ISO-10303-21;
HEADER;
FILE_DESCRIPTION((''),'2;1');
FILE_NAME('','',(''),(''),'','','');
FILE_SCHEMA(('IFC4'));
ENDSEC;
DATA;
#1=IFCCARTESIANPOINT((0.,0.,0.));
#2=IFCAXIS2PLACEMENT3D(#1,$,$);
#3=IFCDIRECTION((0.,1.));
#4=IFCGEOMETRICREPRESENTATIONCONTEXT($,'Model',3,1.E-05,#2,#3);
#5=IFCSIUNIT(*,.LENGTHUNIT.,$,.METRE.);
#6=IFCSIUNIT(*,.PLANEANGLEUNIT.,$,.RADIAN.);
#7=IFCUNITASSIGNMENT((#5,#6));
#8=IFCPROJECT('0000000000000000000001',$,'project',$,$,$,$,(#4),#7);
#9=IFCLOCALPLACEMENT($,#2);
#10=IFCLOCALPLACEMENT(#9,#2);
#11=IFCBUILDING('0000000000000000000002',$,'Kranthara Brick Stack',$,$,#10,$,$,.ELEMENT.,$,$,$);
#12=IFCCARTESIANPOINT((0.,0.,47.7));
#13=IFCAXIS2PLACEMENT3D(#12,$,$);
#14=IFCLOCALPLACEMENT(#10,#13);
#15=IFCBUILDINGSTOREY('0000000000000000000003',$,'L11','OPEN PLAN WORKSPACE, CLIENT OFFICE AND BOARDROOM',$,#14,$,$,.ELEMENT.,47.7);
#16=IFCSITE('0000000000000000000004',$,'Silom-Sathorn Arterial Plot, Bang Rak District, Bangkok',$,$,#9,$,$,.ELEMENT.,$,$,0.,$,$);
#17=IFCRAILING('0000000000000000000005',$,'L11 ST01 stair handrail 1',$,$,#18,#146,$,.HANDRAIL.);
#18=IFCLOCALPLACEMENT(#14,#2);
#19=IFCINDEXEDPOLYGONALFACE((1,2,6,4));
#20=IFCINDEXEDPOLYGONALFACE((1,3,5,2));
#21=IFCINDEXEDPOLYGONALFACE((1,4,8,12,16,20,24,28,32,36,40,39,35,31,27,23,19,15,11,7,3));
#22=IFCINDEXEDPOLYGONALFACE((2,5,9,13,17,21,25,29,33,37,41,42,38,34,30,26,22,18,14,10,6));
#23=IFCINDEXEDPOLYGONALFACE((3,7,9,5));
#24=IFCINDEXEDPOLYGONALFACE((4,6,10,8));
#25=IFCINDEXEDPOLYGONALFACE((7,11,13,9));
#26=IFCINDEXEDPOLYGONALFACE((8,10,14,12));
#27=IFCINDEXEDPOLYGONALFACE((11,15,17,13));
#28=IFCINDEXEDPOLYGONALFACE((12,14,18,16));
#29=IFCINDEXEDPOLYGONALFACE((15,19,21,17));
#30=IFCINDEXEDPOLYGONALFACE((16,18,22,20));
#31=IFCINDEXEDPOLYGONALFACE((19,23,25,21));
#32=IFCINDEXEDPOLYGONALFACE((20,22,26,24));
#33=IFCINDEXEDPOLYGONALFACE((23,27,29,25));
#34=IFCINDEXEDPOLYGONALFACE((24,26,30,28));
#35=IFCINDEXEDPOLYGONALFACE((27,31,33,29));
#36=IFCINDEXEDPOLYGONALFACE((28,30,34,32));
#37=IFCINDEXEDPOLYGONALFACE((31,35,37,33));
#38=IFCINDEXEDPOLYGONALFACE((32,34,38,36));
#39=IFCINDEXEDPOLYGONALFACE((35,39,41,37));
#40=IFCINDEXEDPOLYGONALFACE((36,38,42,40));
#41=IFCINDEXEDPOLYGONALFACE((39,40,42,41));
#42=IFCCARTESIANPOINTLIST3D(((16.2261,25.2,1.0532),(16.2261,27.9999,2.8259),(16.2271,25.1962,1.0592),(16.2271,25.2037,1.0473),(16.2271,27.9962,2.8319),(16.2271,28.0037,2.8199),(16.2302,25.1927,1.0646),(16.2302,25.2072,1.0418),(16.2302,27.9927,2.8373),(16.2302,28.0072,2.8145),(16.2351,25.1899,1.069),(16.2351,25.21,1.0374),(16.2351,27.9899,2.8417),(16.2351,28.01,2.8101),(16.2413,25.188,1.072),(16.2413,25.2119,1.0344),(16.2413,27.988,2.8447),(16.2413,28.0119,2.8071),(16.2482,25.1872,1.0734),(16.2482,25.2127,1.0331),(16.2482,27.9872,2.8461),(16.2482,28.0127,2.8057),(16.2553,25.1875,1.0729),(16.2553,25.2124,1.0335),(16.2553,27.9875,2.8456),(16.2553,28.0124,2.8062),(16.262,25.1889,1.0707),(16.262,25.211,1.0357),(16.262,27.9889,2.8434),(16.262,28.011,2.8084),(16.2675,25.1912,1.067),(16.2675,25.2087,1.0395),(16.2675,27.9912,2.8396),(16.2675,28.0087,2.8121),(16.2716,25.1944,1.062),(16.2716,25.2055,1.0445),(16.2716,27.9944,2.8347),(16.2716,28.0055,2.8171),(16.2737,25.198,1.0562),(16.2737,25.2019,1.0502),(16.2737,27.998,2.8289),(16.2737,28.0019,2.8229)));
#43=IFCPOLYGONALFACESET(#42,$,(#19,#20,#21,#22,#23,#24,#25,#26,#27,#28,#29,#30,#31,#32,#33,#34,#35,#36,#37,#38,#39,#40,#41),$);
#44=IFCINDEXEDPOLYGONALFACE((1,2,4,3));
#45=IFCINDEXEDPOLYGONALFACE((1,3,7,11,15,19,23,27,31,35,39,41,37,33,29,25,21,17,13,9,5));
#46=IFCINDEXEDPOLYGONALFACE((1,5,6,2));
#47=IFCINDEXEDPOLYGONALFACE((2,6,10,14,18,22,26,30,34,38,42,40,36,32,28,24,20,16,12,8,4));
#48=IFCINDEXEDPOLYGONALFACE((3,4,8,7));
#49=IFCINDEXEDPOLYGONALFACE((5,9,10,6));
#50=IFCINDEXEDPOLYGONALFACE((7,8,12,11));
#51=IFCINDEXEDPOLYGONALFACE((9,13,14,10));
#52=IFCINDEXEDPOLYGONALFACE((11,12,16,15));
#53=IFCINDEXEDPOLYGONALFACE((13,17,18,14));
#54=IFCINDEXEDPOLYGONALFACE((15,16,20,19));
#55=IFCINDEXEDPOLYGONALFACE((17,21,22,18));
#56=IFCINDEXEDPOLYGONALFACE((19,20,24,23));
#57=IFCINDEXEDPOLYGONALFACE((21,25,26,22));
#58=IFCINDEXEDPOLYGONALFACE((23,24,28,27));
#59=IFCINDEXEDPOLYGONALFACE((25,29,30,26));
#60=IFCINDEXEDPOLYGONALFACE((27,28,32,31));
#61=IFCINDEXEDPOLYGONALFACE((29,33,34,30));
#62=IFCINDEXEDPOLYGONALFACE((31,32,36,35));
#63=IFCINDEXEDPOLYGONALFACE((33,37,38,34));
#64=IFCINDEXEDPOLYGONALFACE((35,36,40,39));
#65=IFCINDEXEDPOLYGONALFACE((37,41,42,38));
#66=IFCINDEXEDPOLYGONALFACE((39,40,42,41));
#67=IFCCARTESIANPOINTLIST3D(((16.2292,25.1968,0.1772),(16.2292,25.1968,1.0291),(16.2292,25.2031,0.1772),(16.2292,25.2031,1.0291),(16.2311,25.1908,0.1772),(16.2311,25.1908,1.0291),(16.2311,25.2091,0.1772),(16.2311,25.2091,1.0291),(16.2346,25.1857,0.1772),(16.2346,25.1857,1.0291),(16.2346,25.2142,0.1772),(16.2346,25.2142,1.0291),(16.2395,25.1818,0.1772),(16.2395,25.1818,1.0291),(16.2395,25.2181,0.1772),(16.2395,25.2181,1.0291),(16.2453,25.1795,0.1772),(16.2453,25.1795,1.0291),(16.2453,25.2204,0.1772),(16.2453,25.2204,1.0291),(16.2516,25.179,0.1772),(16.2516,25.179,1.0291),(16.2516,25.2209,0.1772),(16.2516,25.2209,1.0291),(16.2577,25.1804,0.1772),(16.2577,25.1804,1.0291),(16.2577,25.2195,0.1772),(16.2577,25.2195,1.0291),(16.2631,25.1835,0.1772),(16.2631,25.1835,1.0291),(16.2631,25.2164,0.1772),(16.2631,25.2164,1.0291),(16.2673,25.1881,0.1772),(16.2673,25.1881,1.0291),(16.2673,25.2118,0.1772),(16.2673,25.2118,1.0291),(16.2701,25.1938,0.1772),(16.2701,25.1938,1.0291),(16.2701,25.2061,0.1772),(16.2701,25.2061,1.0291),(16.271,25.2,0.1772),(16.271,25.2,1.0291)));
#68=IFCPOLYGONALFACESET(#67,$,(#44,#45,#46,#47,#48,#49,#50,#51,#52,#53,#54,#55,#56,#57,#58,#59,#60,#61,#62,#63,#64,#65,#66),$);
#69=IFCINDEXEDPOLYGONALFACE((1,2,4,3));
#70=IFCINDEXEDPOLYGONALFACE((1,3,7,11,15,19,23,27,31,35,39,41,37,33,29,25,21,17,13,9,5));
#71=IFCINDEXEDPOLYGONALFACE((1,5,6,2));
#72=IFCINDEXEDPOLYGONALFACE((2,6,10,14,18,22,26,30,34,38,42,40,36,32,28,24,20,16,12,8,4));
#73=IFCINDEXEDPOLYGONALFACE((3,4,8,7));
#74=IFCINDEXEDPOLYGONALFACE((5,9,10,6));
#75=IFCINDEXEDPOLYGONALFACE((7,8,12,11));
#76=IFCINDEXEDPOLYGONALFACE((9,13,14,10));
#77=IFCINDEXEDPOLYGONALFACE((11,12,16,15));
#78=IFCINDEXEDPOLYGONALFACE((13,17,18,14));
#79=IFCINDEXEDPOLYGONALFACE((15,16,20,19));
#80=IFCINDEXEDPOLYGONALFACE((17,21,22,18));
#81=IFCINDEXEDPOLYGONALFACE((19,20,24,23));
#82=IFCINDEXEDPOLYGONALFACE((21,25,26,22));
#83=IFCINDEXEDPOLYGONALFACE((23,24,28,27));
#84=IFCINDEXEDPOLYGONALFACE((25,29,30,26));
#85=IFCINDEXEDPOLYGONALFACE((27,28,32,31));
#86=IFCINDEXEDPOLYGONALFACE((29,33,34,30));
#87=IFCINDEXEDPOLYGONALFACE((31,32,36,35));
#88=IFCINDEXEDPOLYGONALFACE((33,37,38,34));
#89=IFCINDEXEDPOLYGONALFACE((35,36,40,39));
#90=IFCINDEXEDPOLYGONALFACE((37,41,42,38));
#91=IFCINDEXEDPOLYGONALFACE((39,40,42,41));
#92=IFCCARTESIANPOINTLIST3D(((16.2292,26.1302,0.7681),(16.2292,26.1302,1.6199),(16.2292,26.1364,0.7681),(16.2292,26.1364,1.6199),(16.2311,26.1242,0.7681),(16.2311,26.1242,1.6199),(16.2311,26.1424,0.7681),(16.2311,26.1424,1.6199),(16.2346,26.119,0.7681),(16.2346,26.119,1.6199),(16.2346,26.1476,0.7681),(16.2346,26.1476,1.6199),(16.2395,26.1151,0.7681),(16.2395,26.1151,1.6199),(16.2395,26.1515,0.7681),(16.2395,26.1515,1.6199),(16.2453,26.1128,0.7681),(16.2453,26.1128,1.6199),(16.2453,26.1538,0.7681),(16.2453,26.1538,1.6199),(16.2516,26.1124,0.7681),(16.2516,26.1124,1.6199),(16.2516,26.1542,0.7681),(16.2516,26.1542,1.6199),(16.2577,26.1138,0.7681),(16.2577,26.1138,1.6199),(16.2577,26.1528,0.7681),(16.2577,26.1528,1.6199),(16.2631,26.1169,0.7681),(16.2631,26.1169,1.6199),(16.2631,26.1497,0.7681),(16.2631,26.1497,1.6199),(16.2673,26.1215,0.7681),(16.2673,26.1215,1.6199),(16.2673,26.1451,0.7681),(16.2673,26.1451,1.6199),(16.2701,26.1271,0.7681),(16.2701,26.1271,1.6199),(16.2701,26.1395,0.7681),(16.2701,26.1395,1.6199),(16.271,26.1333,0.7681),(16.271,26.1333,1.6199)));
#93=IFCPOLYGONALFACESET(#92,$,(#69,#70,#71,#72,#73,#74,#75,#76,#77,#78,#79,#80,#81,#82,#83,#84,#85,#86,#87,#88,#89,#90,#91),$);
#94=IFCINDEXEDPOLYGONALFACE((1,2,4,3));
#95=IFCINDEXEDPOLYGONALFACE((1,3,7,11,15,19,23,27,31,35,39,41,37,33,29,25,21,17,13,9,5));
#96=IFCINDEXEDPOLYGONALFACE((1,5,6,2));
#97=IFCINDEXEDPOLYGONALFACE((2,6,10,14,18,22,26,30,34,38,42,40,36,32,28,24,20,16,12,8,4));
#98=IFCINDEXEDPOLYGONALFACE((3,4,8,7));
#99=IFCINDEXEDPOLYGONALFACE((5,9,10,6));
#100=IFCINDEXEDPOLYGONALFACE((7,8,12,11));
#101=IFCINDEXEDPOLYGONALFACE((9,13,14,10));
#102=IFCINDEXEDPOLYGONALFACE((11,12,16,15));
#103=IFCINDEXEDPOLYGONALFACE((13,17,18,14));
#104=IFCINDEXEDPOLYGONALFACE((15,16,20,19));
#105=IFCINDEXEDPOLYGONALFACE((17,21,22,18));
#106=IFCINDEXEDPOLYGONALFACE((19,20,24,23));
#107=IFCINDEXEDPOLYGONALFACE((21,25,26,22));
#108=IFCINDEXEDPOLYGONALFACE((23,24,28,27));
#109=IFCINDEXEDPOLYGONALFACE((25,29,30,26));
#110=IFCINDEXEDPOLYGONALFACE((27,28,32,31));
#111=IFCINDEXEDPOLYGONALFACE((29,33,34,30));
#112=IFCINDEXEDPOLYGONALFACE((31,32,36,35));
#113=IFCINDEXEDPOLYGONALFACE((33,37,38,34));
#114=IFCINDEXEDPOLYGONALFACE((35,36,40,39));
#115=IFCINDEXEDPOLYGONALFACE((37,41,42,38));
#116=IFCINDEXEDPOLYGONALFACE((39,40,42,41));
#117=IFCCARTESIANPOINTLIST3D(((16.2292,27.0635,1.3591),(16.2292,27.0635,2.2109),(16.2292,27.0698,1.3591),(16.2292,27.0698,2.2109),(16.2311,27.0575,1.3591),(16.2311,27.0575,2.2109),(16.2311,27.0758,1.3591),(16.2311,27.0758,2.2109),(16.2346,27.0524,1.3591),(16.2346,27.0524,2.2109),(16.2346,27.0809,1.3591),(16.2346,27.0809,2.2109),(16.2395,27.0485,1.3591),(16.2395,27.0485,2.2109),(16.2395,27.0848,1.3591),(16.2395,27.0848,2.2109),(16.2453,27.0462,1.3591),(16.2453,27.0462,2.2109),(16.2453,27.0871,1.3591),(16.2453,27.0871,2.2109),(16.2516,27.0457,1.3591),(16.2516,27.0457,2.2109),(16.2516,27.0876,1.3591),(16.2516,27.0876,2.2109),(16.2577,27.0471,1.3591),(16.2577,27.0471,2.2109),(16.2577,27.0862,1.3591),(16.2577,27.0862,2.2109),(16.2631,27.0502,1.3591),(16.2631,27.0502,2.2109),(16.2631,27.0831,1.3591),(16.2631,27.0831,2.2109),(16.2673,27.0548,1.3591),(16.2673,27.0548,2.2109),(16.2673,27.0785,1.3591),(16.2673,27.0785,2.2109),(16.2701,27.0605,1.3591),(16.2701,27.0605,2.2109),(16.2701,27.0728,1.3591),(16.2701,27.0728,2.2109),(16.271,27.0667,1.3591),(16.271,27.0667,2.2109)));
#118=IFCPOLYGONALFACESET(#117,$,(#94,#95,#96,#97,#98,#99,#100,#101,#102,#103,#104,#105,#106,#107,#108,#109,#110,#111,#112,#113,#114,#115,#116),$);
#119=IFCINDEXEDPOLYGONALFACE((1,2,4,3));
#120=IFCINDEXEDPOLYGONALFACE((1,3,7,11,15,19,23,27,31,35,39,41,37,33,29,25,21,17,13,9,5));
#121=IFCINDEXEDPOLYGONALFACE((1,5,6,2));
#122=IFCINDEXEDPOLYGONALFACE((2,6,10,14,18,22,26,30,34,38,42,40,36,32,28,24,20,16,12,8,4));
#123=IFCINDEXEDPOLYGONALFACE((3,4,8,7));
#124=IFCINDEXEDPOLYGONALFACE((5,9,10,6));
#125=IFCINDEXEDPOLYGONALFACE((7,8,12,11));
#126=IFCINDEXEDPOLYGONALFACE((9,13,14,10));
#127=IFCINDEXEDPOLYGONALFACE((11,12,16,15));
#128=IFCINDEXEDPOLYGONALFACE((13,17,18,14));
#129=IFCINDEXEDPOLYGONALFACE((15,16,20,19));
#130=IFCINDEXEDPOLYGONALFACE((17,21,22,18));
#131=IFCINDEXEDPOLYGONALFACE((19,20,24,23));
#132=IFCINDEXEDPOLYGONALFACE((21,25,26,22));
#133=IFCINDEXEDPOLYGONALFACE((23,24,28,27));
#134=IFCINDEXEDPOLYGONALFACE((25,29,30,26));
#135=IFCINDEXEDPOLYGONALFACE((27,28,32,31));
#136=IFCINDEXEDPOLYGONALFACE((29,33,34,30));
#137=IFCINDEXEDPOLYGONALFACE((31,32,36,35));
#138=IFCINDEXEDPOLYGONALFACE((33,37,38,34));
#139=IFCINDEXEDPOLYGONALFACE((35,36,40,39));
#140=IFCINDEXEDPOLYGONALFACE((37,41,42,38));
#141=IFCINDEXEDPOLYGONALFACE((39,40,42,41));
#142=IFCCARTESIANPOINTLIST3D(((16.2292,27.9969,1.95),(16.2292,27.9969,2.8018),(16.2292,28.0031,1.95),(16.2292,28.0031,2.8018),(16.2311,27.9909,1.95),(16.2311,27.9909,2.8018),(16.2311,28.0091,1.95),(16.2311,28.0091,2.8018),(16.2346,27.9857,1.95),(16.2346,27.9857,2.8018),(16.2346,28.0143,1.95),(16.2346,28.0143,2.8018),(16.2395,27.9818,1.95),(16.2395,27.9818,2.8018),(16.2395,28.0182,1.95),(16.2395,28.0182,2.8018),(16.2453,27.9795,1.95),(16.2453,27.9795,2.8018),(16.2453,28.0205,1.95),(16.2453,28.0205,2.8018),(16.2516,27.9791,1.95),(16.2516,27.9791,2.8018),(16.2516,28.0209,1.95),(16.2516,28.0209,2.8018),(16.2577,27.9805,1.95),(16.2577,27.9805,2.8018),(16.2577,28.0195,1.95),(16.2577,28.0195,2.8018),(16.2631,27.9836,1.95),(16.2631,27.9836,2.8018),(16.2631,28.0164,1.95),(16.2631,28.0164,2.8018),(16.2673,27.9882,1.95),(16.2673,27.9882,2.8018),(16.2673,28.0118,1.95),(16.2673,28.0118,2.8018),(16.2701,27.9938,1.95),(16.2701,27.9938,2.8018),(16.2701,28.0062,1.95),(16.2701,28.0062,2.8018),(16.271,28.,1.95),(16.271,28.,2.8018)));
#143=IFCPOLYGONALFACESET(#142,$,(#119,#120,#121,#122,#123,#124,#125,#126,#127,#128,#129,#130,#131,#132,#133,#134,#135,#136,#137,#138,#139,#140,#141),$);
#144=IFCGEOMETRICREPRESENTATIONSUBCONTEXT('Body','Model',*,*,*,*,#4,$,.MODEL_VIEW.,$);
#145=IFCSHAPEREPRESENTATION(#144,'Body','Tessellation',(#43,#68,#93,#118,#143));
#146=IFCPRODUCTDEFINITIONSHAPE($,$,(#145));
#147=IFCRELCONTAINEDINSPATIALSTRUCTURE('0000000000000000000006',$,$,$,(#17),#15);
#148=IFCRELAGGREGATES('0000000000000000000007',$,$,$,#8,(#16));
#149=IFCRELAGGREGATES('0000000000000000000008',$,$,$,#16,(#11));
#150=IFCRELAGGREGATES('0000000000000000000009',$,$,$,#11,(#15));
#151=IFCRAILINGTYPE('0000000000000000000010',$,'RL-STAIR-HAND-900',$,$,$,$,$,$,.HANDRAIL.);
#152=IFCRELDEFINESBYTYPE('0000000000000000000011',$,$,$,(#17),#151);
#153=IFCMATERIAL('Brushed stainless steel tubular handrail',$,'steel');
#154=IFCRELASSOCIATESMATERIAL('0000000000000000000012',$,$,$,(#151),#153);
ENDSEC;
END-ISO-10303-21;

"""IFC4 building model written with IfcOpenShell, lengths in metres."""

from ifc_helpers import new_model, si_unit, direction, frame, origin, origin_2d, place, context, subcontext, project, spatial, circle, extrude, material, type_object, element, save


model = new_model("IFC4")

# Units and contexts
model_context = context("Model", 3, precision=1e-05, world=origin(), true_north=direction((0.0, 1.0)))
body_context = subcontext(model_context, "Body", "Model", "MODEL_VIEW")
ifc_project = project(units=[si_unit("LENGTHUNIT", "METRE"), si_unit("PLANEANGLEUNIT", "RADIAN")], contexts=[model_context])

# Site, building, storey
site_placement = place(None, origin())
site = spatial("IfcSite", under=ifc_project, at=site_placement, Name="Silom-Sathorn Arterial Plot, Bang Rak District, Bangkok", CompositionType="ELEMENT", RefElevation=0.0)
building_placement = place(site_placement, origin())
building = spatial("IfcBuilding", under=site, at=building_placement, Name="Kranthara Brick Stack", CompositionType="ELEMENT")
storey_placement = place(building_placement, frame((0.0, 0.0, 47.7)))
storey = spatial("IfcBuildingStorey", under=building, at=storey_placement, Name="L11", Description="OPEN PLAN WORKSPACE, CLIENT OFFICE AND BOARDROOM", CompositionType="ELEMENT", Elevation=47.7)

# Railing
ifc_material_1 = material(Name="Brushed stainless steel tubular handrail", Category="steel")
railing_type = type_object("IfcRailingType", Name="RL-STAIR-HAND-900", PredefinedType="HANDRAIL", material=ifc_material_1)
railing_placement = place(storey_placement, frame((16.25, 25.2, 0.1772)))
element("IfcRailing", 1, at=railing_placement, inside=storey, type_object=railing_type, Name="L11 ST01 stair handrail 1", PredefinedType="HANDRAIL", context=body_context, shape_type="SweptSolid", body=[
    extrude(circle(Radius=0.0239, at=origin_2d()), frame((0.0, 0.0, 0.876), z_axis=(0.0, 0.844909, 0.53491), x_axis=(-1.0, 0.0, 0.0)), (0.0, 0.0, 1.0), 3.314),
    extrude(circle(Radius=0.021, at=origin_2d()), origin(), (0.0, 0.0, 1.0), 0.8518),
    extrude(circle(Radius=0.021, at=origin_2d()), frame((0.0, 0.9333, 0.5908)), (0.0, 0.0, 1.0), 0.8518),
    extrude(circle(Radius=0.021, at=origin_2d()), frame((0.0, 1.8667, 1.1819)), (0.0, 0.0, 1.0), 0.8518),
    extrude(circle(Radius=0.021, at=origin_2d()), frame((0.0, 2.8, 1.7727)), (0.0, 0.0, 1.0), 0.8518),
])

save(model, "model.ifc")
